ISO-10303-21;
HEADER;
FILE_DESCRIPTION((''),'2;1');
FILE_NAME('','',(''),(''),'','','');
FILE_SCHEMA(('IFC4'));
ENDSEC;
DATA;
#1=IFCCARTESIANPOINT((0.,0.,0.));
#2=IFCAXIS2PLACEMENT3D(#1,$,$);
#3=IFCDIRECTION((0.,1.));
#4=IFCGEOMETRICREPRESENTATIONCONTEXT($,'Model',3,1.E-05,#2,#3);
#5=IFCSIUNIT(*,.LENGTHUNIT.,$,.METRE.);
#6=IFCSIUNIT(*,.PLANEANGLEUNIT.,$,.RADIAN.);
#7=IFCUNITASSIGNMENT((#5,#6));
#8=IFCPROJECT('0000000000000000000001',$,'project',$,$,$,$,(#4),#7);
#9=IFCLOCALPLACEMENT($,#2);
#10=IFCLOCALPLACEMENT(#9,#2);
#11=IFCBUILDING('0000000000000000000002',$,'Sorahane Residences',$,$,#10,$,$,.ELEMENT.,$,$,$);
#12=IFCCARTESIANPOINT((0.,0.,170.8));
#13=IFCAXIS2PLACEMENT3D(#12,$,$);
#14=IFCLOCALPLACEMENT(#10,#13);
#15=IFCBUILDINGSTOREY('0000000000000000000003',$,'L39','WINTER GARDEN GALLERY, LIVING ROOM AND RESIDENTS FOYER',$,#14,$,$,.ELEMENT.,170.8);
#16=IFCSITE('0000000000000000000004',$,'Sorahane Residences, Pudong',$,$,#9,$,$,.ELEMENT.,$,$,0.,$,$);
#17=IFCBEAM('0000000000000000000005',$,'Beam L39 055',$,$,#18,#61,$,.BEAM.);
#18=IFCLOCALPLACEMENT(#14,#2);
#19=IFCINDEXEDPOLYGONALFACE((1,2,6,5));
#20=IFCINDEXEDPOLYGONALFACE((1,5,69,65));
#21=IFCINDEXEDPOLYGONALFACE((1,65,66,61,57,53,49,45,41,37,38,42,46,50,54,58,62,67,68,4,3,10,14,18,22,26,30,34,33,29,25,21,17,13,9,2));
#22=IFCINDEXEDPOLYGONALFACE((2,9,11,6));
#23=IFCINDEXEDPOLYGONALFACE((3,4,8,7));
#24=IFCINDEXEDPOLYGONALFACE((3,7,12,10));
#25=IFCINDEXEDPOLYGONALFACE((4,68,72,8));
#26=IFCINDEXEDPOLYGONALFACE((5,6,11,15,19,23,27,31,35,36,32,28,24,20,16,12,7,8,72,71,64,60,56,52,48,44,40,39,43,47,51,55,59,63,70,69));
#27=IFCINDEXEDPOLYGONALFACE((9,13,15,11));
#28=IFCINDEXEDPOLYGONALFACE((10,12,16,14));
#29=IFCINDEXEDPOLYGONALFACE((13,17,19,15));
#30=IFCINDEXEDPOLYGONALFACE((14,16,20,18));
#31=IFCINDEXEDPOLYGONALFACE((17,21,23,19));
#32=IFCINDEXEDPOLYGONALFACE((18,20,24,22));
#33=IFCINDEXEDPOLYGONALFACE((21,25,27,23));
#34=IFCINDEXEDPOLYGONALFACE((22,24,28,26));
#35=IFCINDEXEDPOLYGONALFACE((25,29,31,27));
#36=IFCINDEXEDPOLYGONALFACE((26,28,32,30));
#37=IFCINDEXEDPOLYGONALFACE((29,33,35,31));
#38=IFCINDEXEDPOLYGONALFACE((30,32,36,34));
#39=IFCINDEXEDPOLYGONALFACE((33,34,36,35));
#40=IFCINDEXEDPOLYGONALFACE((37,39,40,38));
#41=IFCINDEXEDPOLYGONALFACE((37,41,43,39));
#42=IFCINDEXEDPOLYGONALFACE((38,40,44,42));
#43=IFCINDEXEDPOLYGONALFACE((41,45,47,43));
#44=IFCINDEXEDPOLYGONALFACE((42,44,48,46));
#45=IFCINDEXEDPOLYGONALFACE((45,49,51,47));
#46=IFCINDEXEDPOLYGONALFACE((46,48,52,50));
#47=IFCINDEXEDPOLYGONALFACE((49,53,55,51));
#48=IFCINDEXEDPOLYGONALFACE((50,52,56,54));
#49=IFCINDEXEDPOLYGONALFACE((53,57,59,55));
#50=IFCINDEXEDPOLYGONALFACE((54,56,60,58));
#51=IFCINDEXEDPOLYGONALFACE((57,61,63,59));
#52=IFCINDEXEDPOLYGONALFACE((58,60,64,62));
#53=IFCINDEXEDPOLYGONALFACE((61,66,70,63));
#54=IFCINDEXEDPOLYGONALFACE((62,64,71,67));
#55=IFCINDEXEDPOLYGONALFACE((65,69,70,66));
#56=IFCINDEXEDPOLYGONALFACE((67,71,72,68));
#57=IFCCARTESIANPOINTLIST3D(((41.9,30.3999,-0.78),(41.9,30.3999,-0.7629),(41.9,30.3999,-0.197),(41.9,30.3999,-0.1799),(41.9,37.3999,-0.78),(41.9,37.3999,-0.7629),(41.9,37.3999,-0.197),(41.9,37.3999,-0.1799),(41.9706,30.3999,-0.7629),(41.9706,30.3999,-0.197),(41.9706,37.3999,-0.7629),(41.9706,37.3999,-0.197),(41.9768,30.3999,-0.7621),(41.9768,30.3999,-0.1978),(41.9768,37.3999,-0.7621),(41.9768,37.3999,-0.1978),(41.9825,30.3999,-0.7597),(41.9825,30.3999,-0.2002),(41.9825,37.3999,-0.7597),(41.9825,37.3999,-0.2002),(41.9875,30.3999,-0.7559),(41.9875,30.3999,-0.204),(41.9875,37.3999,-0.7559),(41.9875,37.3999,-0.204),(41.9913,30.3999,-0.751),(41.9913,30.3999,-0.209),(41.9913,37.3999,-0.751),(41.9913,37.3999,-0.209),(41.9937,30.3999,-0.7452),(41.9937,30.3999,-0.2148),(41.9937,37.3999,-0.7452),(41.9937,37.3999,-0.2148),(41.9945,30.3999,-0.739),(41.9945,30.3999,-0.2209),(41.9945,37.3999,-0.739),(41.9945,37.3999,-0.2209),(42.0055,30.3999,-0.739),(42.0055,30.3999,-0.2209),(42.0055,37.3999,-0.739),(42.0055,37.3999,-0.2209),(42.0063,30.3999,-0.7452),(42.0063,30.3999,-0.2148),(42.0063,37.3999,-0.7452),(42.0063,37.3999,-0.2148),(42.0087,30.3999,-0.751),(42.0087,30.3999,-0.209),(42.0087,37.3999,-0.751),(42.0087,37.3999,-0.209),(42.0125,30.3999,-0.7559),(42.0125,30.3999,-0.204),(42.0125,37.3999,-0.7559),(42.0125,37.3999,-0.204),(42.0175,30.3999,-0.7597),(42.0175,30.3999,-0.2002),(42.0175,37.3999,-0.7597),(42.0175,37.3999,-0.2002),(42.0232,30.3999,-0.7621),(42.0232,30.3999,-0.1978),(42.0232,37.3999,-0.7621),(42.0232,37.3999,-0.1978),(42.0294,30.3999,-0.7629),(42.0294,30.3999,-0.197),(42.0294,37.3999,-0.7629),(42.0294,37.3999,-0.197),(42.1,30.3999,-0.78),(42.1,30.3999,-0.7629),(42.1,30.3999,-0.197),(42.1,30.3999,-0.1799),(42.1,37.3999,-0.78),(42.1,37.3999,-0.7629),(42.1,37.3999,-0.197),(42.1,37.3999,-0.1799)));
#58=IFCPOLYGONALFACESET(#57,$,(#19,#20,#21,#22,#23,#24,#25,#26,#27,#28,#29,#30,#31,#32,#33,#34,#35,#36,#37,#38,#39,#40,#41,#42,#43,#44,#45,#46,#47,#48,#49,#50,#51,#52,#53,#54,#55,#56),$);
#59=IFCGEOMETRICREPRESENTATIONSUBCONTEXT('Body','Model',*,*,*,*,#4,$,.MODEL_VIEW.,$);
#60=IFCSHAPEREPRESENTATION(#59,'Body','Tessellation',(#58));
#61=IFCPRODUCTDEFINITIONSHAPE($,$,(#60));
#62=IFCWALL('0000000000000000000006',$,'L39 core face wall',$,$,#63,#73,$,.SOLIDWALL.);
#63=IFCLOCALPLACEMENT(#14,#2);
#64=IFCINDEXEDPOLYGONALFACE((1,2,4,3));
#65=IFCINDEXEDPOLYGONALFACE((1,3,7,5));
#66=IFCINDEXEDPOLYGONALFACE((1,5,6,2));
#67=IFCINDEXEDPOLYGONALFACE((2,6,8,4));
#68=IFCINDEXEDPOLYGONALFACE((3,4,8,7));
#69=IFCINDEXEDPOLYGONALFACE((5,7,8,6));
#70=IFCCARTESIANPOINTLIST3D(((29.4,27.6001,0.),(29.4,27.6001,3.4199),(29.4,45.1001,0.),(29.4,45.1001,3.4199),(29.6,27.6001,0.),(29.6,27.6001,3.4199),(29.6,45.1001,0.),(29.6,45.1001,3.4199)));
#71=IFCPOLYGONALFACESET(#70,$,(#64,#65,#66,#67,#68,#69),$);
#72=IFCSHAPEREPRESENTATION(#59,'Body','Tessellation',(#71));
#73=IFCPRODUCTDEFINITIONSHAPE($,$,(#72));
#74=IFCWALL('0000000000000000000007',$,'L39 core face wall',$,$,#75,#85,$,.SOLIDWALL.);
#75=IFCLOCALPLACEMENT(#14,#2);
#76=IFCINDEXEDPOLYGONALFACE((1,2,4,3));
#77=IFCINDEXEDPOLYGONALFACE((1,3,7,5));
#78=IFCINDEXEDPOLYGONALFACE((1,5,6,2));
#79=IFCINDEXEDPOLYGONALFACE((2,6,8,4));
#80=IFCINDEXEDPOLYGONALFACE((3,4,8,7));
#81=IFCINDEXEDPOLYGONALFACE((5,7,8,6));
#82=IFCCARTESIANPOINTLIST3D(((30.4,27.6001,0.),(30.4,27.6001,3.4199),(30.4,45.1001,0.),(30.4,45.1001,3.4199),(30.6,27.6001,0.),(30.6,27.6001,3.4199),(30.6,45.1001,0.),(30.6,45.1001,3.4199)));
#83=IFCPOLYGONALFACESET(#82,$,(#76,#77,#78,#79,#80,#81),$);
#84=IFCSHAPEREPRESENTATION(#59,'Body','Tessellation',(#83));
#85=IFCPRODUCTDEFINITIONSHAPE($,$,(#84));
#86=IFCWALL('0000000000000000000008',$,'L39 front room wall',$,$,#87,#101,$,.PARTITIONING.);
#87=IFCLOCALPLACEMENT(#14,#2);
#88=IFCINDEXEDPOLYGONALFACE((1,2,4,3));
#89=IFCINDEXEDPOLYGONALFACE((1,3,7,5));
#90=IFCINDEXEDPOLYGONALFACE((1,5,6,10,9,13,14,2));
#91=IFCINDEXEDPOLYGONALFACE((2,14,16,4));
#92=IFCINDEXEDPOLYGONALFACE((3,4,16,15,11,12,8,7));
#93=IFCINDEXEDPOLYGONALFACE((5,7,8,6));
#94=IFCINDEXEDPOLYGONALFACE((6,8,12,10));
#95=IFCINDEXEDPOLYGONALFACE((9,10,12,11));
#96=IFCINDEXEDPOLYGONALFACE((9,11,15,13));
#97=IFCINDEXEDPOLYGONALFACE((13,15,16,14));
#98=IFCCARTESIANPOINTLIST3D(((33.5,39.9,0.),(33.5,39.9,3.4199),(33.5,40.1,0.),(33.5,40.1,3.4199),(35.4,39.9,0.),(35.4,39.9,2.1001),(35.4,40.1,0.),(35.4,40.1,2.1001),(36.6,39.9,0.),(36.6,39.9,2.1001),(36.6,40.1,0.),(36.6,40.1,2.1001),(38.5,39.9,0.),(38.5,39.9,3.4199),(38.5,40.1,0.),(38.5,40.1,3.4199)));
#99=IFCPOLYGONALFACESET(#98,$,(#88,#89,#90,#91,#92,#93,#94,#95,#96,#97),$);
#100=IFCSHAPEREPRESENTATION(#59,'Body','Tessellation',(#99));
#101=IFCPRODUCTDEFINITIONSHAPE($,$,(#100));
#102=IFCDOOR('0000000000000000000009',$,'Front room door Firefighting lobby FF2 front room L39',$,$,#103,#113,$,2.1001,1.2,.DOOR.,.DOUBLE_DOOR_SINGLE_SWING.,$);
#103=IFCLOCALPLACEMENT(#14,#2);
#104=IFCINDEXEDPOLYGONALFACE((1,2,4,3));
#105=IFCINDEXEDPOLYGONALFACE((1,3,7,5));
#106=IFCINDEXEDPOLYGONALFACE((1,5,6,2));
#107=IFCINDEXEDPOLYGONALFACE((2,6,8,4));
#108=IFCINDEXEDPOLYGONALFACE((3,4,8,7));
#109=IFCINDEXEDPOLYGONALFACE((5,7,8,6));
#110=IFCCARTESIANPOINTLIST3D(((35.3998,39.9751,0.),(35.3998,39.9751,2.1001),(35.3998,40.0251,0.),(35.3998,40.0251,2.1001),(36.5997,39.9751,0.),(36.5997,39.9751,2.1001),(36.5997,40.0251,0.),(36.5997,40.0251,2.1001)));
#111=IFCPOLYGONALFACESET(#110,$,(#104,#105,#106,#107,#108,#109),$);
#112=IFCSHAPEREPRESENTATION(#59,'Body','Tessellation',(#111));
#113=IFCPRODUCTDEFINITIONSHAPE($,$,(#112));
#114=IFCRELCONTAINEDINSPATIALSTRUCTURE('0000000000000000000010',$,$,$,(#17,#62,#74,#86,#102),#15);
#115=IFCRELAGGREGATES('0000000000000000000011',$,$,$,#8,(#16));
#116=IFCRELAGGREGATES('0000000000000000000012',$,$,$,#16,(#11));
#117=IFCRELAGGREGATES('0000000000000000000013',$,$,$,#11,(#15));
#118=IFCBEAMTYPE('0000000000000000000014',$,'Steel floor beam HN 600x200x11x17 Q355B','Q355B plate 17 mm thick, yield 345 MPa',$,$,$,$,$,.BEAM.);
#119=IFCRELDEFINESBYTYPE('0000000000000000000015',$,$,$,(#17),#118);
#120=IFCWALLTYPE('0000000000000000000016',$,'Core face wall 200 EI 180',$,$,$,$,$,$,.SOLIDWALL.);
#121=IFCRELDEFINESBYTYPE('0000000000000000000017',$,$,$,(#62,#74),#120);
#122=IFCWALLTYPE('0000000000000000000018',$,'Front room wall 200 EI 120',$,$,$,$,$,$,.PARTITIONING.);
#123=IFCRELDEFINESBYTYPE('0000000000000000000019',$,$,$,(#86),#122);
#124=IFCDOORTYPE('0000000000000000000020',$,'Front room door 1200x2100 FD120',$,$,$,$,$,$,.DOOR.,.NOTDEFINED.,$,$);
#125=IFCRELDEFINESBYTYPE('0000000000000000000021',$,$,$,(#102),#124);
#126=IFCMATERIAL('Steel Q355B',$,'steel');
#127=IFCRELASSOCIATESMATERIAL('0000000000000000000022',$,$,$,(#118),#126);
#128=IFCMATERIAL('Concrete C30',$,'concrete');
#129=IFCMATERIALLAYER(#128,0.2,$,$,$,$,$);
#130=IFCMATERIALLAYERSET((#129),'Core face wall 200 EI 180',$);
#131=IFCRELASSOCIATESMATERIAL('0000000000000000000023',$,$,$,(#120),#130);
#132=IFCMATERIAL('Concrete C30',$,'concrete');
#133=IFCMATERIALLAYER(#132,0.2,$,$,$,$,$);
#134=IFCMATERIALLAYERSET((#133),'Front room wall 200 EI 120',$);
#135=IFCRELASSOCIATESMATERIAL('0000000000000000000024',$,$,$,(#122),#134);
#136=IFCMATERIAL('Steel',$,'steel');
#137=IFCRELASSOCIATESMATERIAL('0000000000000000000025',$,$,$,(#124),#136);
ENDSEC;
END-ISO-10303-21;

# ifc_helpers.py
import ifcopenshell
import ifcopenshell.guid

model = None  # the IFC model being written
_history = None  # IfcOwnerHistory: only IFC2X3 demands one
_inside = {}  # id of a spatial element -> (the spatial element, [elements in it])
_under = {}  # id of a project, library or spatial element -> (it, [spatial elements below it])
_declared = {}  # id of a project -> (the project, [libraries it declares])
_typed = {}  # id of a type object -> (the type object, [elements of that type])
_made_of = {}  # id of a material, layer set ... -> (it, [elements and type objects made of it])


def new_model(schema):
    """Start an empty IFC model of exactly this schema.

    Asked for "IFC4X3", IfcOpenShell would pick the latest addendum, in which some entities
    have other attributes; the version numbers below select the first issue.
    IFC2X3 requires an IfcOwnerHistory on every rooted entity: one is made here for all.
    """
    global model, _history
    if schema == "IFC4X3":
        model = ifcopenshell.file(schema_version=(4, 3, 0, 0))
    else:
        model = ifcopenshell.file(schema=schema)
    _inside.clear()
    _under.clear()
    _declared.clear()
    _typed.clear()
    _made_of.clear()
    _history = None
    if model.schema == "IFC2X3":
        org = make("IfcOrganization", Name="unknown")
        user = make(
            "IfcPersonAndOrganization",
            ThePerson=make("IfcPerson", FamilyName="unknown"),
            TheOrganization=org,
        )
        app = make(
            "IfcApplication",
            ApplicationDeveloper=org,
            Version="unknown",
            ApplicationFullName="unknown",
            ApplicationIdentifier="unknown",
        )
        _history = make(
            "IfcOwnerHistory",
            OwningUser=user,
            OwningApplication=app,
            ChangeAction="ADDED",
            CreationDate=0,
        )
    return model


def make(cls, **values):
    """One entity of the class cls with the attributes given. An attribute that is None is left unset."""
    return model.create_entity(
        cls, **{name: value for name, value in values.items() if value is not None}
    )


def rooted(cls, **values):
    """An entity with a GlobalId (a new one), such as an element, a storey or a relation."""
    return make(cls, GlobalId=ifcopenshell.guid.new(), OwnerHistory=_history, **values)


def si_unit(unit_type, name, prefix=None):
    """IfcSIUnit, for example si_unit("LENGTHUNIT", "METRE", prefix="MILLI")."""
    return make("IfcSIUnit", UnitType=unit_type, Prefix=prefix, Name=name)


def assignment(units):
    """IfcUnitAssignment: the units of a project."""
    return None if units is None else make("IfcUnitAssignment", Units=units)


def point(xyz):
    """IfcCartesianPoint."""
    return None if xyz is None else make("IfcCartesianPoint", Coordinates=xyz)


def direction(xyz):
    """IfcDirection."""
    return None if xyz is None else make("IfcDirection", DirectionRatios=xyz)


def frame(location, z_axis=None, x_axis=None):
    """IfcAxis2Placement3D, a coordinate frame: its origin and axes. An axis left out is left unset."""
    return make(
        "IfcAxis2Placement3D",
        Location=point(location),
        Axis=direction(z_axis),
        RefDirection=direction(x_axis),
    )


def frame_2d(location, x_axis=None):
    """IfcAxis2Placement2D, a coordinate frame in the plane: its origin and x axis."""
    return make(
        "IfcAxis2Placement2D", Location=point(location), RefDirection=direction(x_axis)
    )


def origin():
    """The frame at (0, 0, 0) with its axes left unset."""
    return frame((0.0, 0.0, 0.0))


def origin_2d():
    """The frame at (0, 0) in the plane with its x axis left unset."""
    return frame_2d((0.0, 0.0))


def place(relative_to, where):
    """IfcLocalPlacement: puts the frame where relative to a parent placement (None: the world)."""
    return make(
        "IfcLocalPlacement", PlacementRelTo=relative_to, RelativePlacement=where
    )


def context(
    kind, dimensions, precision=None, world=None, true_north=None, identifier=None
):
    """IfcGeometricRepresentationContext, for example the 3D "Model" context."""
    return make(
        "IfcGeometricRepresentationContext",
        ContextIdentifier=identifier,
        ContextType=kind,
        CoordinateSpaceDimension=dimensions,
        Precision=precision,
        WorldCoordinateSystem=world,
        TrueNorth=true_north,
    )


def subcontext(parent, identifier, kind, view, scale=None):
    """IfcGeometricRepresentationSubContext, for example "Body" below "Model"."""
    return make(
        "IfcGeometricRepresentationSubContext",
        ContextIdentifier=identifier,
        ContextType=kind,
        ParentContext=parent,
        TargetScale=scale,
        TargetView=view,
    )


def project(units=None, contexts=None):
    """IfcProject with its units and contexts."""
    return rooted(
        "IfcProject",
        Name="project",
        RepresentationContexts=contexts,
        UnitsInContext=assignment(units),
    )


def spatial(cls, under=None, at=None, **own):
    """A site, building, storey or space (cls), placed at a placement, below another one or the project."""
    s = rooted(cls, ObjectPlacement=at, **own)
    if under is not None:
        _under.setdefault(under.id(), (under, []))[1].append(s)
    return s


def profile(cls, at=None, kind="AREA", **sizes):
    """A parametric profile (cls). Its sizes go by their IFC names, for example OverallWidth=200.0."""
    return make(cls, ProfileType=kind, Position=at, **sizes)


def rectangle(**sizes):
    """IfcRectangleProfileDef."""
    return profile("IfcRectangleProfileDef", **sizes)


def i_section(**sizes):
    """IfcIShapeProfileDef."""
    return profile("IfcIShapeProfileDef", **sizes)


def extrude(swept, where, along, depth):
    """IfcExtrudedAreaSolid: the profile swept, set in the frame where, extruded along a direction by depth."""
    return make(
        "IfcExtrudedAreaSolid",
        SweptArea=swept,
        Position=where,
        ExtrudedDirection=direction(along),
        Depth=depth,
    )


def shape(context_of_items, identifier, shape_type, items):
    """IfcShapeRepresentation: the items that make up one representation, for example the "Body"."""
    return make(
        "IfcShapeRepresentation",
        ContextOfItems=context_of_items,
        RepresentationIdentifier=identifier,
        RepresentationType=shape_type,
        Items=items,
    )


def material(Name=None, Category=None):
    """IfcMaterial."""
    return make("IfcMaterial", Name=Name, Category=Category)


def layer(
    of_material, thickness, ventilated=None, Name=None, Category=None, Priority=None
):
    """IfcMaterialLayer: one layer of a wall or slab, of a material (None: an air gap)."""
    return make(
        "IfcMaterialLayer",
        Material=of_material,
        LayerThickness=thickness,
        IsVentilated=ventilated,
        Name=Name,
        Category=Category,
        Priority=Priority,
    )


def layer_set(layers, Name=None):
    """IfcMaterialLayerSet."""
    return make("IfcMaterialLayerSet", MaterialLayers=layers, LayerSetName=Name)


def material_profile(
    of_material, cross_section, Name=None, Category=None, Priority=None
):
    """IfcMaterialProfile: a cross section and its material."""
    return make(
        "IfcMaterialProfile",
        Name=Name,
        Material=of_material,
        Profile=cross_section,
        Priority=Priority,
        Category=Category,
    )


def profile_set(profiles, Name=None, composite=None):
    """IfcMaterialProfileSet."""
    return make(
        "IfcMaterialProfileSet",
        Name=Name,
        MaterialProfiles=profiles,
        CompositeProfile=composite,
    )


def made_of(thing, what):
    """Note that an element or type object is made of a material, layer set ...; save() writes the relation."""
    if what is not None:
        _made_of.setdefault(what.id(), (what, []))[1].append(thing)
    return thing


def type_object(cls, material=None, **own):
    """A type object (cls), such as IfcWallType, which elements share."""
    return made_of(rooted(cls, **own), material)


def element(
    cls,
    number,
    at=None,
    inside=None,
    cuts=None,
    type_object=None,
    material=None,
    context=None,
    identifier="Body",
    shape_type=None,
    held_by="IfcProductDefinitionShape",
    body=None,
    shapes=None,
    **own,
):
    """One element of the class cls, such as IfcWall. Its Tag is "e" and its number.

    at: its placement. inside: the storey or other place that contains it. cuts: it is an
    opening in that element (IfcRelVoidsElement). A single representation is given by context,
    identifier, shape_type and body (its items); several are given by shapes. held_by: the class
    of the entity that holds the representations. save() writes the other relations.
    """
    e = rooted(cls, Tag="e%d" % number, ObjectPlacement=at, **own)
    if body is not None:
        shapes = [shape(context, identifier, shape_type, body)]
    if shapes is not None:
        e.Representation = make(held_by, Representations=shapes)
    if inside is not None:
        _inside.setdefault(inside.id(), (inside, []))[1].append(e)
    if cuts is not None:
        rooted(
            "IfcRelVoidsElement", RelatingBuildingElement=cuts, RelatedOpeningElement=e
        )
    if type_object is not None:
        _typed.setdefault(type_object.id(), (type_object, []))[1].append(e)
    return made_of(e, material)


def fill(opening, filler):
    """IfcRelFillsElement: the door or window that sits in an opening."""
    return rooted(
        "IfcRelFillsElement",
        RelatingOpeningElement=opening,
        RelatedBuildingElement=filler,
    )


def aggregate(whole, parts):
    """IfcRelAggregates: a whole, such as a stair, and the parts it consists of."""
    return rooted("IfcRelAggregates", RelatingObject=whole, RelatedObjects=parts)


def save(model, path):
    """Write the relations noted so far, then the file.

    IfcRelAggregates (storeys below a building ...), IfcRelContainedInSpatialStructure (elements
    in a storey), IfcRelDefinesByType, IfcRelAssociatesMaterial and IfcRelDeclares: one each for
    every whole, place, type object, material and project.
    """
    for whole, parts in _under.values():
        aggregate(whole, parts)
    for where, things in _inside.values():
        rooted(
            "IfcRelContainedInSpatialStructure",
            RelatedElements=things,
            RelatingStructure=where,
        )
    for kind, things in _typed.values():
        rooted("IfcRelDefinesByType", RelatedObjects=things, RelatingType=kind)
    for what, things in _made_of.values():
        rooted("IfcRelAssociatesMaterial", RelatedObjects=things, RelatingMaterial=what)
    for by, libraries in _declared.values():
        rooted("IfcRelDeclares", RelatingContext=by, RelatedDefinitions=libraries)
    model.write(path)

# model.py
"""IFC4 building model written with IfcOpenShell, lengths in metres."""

from ifc_helpers import new_model, si_unit, direction, frame, frame_2d, origin, origin_2d, place, context, subcontext, project, spatial, rectangle, i_section, extrude, material, layer, layer_set, material_profile, profile_set, type_object, element, fill, save


model = new_model("IFC4")

# Units and contexts
model_context = context("Model", 3, precision=1e-05, world=origin(), true_north=direction((0.0, 1.0)))
body_context = subcontext(model_context, "Body", "Model", "MODEL_VIEW")
ifc_project = project(units=[si_unit("LENGTHUNIT", "METRE"), si_unit("PLANEANGLEUNIT", "RADIAN")], contexts=[model_context])

# Site, building, storey
site_placement = place(None, origin())
site = spatial("IfcSite", under=ifc_project, at=site_placement, Name="Sorahane Residences, Pudong", CompositionType="ELEMENT", RefElevation=0.0)
building_placement = place(site_placement, origin())
building = spatial("IfcBuilding", under=site, at=building_placement, Name="Sorahane Residences", CompositionType="ELEMENT")
storey_placement = place(building_placement, frame((0.0, 0.0, 170.8)))
storey = spatial("IfcBuildingStorey", under=building, at=storey_placement, Name="L39", Description="WINTER GARDEN GALLERY, LIVING ROOM AND RESIDENTS FOYER", CompositionType="ELEMENT", Elevation=170.8)

# Beam
ifc_material_1 = material(Name="Steel Q355B", Category="steel")
ifc_material_profile_1 = material_profile(ifc_material_1, i_section(OverallWidth=0.2, OverallDepth=0.6001, WebThickness=0.011, FlangeThickness=0.0171, FilletRadius=0.0239, at=origin_2d()), Name="HN 600x200x11x17")
ifc_profile_set_1 = profile_set([ifc_material_profile_1], Name="Steel Q355B")
beam_type_1 = type_object("IfcBeamType", Name="Steel floor beam HN 600x200x11x17 Q355B", Description="Q355B plate 17 mm thick, yield 345 MPa", PredefinedType="BEAM", material=ifc_profile_set_1)
for number, where, z_axis, x_axis, name in (
    (1, (42.0, 30.3999, -0.48), (0.0, 1.0, 0.0), (-1.0, 0.0, 0.0), "Beam L39 055"),
):
    element("IfcBeam", number, at=place(storey_placement, frame(where, z_axis=z_axis, x_axis=x_axis)), inside=storey, type_object=beam_type_1, Name=name, PredefinedType="BEAM", context=body_context, shape_type="SweptSolid", body=[
        extrude(i_section(OverallWidth=0.2, OverallDepth=0.6001, WebThickness=0.011, FlangeThickness=0.0171, FilletRadius=0.0239, at=origin_2d()), origin(), (0.0, 0.0, 1.0), 7.0),
    ])

# Walls
ifc_material_2 = material(Name="Concrete C30", Category="concrete")
ifc_layer_1 = layer(ifc_material_2, 0.2)
ifc_layer_set_1 = layer_set([ifc_layer_1], Name="Core face wall 200 EI 180")
wall_type_1 = type_object("IfcWallType", Name="Core face wall 200 EI 180", PredefinedType="SOLIDWALL", material=ifc_layer_set_1)
for number, where, z_axis, x_axis, name in (
    (2, (29.5, 27.6001, 0.0), (0.0, 0.0, 1.0), (0.0, 1.0, 0.0), "L39 core face wall"),
    (3, (30.5, 27.6001, 0.0), (0.0, 0.0, 1.0), (0.0, 1.0, 0.0), "L39 core face wall"),
):
    element("IfcWall", number, at=place(storey_placement, frame(where, z_axis=z_axis, x_axis=x_axis)), inside=storey, type_object=wall_type_1, Name=name, PredefinedType="SOLIDWALL", context=body_context, shape_type="SweptSolid", body=[
        extrude(rectangle(XDim=17.5, YDim=0.2, at=frame_2d((8.75, 0.0))), origin(), (0.0, 0.0, 1.0), 3.4199),
    ])

# Wall, opening, door
ifc_material_3 = material(Name="Concrete C30", Category="concrete")
ifc_layer_2 = layer(ifc_material_3, 0.2)
ifc_layer_set_2 = layer_set([ifc_layer_2], Name="Front room wall 200 EI 120")
wall_type_2 = type_object("IfcWallType", Name="Front room wall 200 EI 120", PredefinedType="PARTITIONING", material=ifc_layer_set_2)
wall_1_placement = place(storey_placement, frame((33.5, 40.0, 0.0), z_axis=(0.0, 0.0, 1.0), x_axis=(1.0, 0.0, 0.0)))
wall_1 = element("IfcWall", 4, at=wall_1_placement, inside=storey, type_object=wall_type_2, Name="L39 front room wall", PredefinedType="PARTITIONING", context=body_context, shape_type="SweptSolid", body=[
    extrude(rectangle(XDim=5.0, YDim=0.2, at=frame_2d((2.5, 0.0))), origin(), (0.0, 0.0, 1.0), 3.4199),
])
opening_1_placement = place(wall_1_placement, frame((1.8999, 0.0, 0.0)))
opening_1 = element("IfcOpeningElement", 5, at=opening_1_placement, cuts=wall_1, PredefinedType="OPENING", context=body_context, shape_type="SweptSolid", body=[
    extrude(rectangle(XDim=1.2, YDim=2.1001, at=frame_2d((0.6001, 1.05))), frame((0.0, 0.1099, 0.0), z_axis=(0.0, -1.0, 0.0), x_axis=(1.0, 0.0, 0.0)), (0.0, 0.0, 1.0), 0.22),
])
ifc_material_4 = material(Name="Steel", Category="steel")
door_type_1 = type_object("IfcDoorType", Name="Front room door 1200x2100 FD120", OperationType="NOTDEFINED", PredefinedType="DOOR", material=ifc_material_4)
door_1_placement = place(opening_1_placement, frame((1.2, 0.0, 0.0), z_axis=(0.0, 0.0, 1.0), x_axis=(-1.0, 0.0, 0.0)))
door_1 = element("IfcDoor", 6, at=door_1_placement, inside=storey, type_object=door_type_1, Name="Front room door Firefighting lobby FF2 front room L39", OperationType="DOUBLE_DOOR_SINGLE_SWING", OverallHeight=2.1001, OverallWidth=1.2, PredefinedType="DOOR", context=body_context, shape_type="SweptSolid", body=[
    extrude(rectangle(XDim=1.2, YDim=2.1001, at=frame_2d((0.6001, 1.05))), frame((0.0, 0.0249, 0.0), z_axis=(0.0, -1.0, 0.0), x_axis=(1.0, 0.0, 0.0)), (0.0, 0.0, 1.0), 0.05),
])
fill(opening_1, door_1)

save(model, "model.ifc")
